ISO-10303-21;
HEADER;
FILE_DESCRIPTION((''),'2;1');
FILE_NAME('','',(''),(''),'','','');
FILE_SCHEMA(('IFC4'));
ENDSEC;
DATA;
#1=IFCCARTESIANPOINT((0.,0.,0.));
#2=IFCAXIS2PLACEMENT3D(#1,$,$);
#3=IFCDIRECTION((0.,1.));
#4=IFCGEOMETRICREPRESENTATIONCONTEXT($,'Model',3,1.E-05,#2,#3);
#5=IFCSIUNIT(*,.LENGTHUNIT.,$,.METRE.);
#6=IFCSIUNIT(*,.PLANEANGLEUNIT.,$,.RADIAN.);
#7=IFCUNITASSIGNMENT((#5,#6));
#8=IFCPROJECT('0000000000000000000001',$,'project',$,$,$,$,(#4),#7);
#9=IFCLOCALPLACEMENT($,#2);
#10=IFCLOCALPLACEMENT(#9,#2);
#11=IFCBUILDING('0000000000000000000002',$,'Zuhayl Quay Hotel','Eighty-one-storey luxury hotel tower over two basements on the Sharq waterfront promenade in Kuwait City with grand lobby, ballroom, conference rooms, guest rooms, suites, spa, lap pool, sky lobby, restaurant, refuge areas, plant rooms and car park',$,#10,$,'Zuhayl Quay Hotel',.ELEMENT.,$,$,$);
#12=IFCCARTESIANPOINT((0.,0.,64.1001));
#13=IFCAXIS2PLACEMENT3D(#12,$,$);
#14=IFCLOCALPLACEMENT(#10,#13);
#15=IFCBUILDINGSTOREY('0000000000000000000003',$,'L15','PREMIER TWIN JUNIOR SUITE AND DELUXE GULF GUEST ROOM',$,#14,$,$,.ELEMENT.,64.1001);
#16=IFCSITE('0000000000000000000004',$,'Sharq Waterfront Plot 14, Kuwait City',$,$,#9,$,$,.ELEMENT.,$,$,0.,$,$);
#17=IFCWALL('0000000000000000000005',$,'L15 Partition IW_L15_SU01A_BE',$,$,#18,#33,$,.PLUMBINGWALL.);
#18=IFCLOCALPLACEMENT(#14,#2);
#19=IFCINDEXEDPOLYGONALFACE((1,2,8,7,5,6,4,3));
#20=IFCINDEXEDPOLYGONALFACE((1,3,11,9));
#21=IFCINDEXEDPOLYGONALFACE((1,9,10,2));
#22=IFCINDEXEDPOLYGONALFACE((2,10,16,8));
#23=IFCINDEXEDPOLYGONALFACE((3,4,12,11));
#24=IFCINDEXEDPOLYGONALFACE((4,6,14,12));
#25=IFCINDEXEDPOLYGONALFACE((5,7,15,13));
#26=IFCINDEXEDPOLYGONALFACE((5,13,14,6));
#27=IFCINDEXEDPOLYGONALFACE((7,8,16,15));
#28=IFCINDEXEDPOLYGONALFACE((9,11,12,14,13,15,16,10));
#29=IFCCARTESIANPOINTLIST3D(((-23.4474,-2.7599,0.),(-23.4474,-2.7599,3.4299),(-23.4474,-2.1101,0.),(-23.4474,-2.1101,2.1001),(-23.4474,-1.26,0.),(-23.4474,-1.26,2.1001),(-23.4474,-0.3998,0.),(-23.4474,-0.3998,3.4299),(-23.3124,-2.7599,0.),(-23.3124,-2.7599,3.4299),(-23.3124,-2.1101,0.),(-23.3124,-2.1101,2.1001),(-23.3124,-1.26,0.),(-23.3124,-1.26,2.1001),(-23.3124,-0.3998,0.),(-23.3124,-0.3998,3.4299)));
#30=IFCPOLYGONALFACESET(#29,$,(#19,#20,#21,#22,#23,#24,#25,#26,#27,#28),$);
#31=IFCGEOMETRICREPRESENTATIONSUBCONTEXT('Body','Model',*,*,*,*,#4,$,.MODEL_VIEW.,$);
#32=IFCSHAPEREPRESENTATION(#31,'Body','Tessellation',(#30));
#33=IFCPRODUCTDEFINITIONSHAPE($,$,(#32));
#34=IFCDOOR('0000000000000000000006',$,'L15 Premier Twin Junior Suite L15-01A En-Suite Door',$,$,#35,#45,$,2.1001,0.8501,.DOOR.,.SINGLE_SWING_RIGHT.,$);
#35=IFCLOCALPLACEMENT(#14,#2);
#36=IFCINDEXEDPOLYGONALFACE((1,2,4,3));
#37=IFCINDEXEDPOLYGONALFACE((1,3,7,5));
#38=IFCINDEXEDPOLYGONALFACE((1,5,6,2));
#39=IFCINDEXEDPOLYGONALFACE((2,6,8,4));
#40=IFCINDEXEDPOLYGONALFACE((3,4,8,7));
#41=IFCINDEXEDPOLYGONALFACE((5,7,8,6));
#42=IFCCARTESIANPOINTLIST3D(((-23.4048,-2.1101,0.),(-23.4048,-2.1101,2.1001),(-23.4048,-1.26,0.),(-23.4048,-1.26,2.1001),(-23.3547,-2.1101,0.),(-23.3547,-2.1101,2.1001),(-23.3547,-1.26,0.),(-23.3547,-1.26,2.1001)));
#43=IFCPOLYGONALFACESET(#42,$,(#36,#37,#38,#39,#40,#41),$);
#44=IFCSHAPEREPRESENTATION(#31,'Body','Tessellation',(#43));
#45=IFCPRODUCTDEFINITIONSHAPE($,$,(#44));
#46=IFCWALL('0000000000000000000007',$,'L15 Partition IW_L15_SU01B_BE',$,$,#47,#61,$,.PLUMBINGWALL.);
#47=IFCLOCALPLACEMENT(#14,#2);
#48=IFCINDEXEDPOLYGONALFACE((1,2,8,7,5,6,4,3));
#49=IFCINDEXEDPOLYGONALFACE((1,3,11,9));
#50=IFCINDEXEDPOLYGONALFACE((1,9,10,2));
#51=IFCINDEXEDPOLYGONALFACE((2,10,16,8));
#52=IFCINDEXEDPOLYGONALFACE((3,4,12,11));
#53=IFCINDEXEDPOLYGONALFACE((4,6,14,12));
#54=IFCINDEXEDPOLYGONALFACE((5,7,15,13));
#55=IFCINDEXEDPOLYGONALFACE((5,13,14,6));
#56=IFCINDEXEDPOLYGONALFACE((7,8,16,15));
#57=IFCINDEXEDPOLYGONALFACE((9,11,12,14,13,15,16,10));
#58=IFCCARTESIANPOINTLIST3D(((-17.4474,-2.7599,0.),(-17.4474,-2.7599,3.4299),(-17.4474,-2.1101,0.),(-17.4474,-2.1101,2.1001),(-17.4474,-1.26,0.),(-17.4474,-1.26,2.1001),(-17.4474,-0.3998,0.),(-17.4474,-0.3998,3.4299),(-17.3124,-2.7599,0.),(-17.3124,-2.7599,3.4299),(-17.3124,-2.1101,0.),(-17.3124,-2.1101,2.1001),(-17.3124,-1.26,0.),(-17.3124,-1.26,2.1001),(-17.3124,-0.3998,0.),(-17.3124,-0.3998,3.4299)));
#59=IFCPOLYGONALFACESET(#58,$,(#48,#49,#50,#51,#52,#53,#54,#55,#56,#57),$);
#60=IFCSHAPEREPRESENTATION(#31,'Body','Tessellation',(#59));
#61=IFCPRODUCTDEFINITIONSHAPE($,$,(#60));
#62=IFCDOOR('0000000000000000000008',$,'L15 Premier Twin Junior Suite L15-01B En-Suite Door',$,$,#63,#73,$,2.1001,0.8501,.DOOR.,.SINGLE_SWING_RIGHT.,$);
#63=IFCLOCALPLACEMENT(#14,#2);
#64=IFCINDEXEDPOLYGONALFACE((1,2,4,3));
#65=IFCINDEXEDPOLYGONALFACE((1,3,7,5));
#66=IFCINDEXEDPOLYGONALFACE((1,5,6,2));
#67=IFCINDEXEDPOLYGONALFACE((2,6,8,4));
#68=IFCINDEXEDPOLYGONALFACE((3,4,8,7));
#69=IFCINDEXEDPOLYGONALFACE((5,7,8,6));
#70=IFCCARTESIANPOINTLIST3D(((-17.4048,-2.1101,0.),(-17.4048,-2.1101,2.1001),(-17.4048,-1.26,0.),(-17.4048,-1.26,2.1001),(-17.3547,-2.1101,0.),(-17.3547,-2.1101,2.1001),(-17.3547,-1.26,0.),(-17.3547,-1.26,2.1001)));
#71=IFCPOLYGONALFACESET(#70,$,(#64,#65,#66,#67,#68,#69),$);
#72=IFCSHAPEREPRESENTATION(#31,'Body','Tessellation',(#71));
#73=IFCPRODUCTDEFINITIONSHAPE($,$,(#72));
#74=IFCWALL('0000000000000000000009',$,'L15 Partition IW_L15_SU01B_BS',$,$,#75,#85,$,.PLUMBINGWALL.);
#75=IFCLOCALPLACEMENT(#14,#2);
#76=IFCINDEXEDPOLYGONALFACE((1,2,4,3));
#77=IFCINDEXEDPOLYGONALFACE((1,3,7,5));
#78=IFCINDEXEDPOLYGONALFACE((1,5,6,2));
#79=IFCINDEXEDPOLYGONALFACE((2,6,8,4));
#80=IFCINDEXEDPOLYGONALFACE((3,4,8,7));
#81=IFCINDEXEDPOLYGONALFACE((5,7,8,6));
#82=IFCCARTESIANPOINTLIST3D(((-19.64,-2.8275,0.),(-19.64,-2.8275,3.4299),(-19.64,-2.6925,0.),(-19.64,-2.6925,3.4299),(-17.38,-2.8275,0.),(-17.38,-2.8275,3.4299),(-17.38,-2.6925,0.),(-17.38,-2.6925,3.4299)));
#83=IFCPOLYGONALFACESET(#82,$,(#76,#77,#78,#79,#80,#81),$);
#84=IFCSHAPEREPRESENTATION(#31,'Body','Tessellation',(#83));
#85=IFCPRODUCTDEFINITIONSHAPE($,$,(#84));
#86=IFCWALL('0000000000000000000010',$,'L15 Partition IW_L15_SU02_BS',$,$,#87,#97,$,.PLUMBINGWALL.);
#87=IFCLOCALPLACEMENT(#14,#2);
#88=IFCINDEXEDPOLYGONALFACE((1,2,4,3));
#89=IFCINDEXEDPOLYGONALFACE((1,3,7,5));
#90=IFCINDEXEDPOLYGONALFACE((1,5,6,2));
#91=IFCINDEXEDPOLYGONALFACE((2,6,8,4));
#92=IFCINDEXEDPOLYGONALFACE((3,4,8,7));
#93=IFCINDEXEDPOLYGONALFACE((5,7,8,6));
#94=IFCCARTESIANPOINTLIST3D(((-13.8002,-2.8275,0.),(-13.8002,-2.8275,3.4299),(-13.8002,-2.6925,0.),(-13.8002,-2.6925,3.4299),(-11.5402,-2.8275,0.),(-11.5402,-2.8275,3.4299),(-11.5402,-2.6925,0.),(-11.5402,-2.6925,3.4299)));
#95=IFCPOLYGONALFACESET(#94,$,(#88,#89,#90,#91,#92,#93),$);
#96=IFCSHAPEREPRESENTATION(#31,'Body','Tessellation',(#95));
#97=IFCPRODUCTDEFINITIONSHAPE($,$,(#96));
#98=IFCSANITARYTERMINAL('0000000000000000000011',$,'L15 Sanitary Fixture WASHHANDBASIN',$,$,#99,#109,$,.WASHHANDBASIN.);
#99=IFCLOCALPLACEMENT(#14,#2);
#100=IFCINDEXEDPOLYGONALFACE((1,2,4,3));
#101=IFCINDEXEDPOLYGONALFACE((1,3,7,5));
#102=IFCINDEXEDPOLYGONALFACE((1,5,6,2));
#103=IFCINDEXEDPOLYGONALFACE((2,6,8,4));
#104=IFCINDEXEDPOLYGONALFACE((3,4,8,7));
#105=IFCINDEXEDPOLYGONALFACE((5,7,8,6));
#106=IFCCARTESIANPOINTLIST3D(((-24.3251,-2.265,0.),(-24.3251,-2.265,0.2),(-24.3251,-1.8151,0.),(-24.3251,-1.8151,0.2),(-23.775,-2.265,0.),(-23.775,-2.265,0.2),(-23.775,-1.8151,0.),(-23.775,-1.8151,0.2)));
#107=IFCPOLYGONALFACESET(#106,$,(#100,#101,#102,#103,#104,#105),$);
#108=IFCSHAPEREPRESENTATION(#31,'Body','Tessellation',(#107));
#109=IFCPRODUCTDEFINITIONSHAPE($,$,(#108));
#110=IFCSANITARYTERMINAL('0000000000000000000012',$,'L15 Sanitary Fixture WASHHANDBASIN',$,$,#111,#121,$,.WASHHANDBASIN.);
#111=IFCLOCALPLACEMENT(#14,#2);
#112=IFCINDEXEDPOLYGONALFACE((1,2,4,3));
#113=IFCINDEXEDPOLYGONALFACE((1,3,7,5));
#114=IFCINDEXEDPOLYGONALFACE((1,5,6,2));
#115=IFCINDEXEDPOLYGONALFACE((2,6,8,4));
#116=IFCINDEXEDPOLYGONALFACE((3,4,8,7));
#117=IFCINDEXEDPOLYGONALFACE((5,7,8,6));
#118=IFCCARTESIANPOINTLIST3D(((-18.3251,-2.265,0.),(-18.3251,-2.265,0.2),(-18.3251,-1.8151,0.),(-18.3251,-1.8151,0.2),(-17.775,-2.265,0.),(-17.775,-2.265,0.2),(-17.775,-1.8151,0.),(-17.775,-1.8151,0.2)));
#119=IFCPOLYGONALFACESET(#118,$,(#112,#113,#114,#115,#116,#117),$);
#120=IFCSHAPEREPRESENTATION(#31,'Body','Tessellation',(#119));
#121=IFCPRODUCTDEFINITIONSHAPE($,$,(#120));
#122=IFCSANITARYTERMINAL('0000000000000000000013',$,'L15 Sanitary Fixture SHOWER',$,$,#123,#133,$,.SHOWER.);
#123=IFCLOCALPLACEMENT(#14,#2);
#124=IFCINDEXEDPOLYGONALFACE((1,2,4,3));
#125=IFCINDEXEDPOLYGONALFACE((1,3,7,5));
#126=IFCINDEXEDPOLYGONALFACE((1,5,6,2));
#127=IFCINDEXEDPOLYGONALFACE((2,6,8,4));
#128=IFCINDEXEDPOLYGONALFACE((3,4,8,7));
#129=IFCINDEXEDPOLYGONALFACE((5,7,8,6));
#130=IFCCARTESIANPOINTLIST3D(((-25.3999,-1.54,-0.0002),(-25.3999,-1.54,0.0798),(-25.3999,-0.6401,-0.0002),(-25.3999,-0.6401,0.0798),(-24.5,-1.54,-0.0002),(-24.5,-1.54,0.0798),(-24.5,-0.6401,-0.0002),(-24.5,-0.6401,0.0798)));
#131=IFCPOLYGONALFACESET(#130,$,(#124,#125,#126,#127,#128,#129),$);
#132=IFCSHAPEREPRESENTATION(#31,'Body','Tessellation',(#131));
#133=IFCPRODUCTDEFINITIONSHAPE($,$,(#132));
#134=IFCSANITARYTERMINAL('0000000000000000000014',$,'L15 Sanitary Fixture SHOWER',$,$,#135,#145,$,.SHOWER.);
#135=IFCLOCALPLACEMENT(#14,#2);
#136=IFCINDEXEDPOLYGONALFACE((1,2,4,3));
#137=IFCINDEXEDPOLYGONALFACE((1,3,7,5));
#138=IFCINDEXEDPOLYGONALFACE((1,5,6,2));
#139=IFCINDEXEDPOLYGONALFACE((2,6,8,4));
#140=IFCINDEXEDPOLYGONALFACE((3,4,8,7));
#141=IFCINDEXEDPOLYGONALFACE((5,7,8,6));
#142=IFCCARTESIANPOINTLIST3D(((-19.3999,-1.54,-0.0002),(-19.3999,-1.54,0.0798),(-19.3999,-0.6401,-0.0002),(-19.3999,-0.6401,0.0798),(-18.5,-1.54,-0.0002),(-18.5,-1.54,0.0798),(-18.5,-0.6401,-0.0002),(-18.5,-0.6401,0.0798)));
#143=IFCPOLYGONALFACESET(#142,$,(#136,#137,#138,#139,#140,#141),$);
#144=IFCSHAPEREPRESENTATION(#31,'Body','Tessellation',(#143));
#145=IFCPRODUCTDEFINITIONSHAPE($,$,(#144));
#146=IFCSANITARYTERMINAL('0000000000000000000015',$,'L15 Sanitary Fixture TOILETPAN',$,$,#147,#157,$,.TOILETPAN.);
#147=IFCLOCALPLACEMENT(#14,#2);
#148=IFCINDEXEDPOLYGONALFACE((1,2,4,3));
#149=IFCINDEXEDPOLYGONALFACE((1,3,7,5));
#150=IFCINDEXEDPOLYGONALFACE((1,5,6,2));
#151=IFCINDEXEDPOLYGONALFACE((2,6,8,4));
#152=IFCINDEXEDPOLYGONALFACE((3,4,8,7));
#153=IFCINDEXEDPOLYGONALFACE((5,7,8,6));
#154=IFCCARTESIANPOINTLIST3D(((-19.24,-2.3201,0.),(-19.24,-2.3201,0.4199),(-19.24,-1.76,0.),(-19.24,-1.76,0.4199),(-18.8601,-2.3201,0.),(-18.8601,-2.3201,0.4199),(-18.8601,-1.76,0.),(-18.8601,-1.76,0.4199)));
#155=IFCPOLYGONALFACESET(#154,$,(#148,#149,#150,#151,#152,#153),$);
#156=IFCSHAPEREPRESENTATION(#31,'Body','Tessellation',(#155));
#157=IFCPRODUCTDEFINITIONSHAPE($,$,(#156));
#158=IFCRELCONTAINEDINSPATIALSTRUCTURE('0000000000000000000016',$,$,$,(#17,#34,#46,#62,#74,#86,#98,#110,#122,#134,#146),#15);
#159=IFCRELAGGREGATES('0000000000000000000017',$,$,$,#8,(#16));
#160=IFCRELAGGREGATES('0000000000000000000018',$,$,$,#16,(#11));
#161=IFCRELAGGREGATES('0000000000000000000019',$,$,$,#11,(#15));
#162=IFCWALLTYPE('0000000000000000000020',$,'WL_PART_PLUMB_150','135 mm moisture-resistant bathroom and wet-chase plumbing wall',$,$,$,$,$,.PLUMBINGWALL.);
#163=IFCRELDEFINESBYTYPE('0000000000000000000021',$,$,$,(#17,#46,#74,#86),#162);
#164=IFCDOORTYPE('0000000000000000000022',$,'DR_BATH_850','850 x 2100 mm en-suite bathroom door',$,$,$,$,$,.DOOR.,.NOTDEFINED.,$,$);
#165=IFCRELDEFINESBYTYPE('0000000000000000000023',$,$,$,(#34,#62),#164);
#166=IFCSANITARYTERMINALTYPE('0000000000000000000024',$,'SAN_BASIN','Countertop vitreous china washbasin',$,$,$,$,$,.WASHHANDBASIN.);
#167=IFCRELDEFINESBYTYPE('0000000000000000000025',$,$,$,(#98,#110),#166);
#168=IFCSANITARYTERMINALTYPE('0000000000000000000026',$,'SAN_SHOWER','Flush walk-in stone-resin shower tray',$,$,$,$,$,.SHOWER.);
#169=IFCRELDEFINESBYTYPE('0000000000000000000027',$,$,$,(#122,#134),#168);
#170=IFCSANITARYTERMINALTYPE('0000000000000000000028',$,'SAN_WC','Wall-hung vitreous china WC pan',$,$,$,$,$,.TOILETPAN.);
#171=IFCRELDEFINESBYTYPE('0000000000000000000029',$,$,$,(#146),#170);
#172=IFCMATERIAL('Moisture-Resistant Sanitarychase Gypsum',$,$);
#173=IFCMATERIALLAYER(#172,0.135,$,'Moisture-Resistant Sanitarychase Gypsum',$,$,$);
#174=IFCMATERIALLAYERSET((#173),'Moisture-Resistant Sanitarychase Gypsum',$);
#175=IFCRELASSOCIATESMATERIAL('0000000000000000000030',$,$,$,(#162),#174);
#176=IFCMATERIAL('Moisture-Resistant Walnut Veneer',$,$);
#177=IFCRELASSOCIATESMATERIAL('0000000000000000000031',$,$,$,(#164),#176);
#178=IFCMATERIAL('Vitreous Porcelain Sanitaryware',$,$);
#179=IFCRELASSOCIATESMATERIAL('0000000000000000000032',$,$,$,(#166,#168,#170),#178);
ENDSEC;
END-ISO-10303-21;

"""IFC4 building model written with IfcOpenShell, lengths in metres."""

from ifc_helpers import new_model, si_unit, direction, frame, frame_2d, origin, origin_2d, place, context, subcontext, project, spatial, rectangle, extrude, material, layer, layer_set, type_object, element, fill, save


model = new_model("IFC4")

# Units and contexts
model_context = context("Model", 3, precision=1e-05, world=origin(), true_north=direction((0.0, 1.0)))
body_context = subcontext(model_context, "Body", "Model", "MODEL_VIEW")
ifc_project = project(units=[si_unit("LENGTHUNIT", "METRE"), si_unit("PLANEANGLEUNIT", "RADIAN")], contexts=[model_context])

# Site, building, storey
site_placement = place(None, origin())
site = spatial("IfcSite", under=ifc_project, at=site_placement, Name="Sharq Waterfront Plot 14, Kuwait City", CompositionType="ELEMENT", RefElevation=0.0)
building_placement = place(site_placement, origin())
building = spatial("IfcBuilding", under=site, at=building_placement, Name="Zuhayl Quay Hotel", Description="Eighty-one-storey luxury hotel tower over two basements on the Sharq waterfront promenade in Kuwait City with grand lobby, ballroom, conference rooms, guest rooms, suites, spa, lap pool, sky lobby, restaurant, refuge areas, plant rooms and car park", LongName="Zuhayl Quay Hotel", CompositionType="ELEMENT")
storey_placement = place(building_placement, frame((0.0, 0.0, 64.1001)))
storey = spatial("IfcBuildingStorey", under=building, at=storey_placement, Name="L15", Description="PREMIER TWIN JUNIOR SUITE AND DELUXE GULF GUEST ROOM", CompositionType="ELEMENT", Elevation=64.1001)

# Walls, openings, doors
ifc_material_1 = material(Name="Moisture-Resistant Sanitarychase Gypsum")
ifc_layer_1 = layer(ifc_material_1, 0.135, Name="Moisture-Resistant Sanitarychase Gypsum")
ifc_layer_set_1 = layer_set([ifc_layer_1], Name="Moisture-Resistant Sanitarychase Gypsum")
wall_type_1 = type_object("IfcWallType", Name="WL_PART_PLUMB_150", Description="135 mm moisture-resistant bathroom and wet-chase plumbing wall", PredefinedType="PLUMBINGWALL", material=ifc_layer_set_1)
wall_1_placement = place(storey_placement, frame((-23.3799, -2.76, 0.0), z_axis=(0.0, 0.0, 1.0), x_axis=(0.0, 1.0, 0.0)))
wall_1 = element("IfcWall", 1, at=wall_1_placement, inside=storey, type_object=wall_type_1, Name="L15 Partition IW_L15_SU01A_BE", PredefinedType="PLUMBINGWALL", context=body_context, shape_type="SweptSolid", body=[
    extrude(rectangle(XDim=2.3601, YDim=0.135, at=frame_2d((1.1802, 0.0))), origin(), (0.0, 0.0, 1.0), 3.4299),
])
opening_1_placement = place(wall_1_placement, frame((0.6499, 0.0, 0.0)))
opening_1 = element("IfcOpeningElement", 2, at=opening_1_placement, cuts=wall_1, PredefinedType="OPENING", context=body_context, shape_type="SweptSolid", body=[
    extrude(rectangle(XDim=0.8501, YDim=2.1001, at=frame_2d((0.425, 1.05))), frame((0.0, 0.0774, 0.0), z_axis=(0.0, -1.0, 0.0), x_axis=(1.0, 0.0, 0.0)), (0.0, 0.0, 1.0), 0.155),
])
ifc_material_2 = material(Name="Moisture-Resistant Walnut Veneer")
door_type_1 = type_object("IfcDoorType", Name="DR_BATH_850", Description="850 x 2100 mm en-suite bathroom door", OperationType="NOTDEFINED", PredefinedType="DOOR", material=ifc_material_2)
door_1_placement = place(opening_1_placement, origin())
door_1 = element("IfcDoor", 3, at=door_1_placement, inside=storey, type_object=door_type_1, Name="L15 Premier Twin Junior Suite L15-01A En-Suite Door", OperationType="SINGLE_SWING_RIGHT", OverallHeight=2.1001, OverallWidth=0.8501, PredefinedType="DOOR", context=body_context, shape_type="SweptSolid", body=[
    extrude(rectangle(XDim=0.8501, YDim=2.1001, at=frame_2d((0.425, 1.05))), frame((0.0, 0.0249, 0.0), z_axis=(0.0, -1.0, 0.0), x_axis=(1.0, 0.0, 0.0)), (0.0, 0.0, 1.0), 0.05),
])
fill(opening_1, door_1)
wall_2_placement = place(storey_placement, frame((-17.3799, -2.76, 0.0), z_axis=(0.0, 0.0, 1.0), x_axis=(0.0, 1.0, 0.0)))
wall_2 = element("IfcWall", 4, at=wall_2_placement, inside=storey, type_object=wall_type_1, Name="L15 Partition IW_L15_SU01B_BE", PredefinedType="PLUMBINGWALL", context=body_context, shape_type="SweptSolid", body=[
    extrude(rectangle(XDim=2.3601, YDim=0.135, at=frame_2d((1.1802, 0.0))), origin(), (0.0, 0.0, 1.0), 3.4299),
])
opening_2_placement = place(wall_2_placement, frame((0.6499, 0.0, 0.0)))
opening_2 = element("IfcOpeningElement", 5, at=opening_2_placement, cuts=wall_2, PredefinedType="OPENING", context=body_context, shape_type="SweptSolid", body=[
    extrude(rectangle(XDim=0.8501, YDim=2.1001, at=frame_2d((0.425, 1.05))), frame((0.0, 0.0774, 0.0), z_axis=(0.0, -1.0, 0.0), x_axis=(1.0, 0.0, 0.0)), (0.0, 0.0, 1.0), 0.155),
])
door_2_placement = place(opening_2_placement, origin())
door_2 = element("IfcDoor", 6, at=door_2_placement, inside=storey, type_object=door_type_1, Name="L15 Premier Twin Junior Suite L15-01B En-Suite Door", OperationType="SINGLE_SWING_RIGHT", OverallHeight=2.1001, OverallWidth=0.8501, PredefinedType="DOOR", context=body_context, shape_type="SweptSolid", body=[
    extrude(rectangle(XDim=0.8501, YDim=2.1001, at=frame_2d((0.425, 1.05))), frame((0.0, 0.0249, 0.0), z_axis=(0.0, -1.0, 0.0), x_axis=(1.0, 0.0, 0.0)), (0.0, 0.0, 1.0), 0.05),
])
fill(opening_2, door_2)

# Walls
for number, where, z_axis, x_axis, name in (
    (7, (-19.6399, -2.76, 0.0), (0.0, 0.0, 1.0), (1.0, 0.0, 0.0), "L15 Partition IW_L15_SU01B_BS"),
    (8, (-13.8, -2.76, 0.0), (0.0, 0.0, 1.0), (1.0, 0.0, 0.0), "L15 Partition IW_L15_SU02_BS"),
):
    element("IfcWall", number, at=place(storey_placement, frame(where, z_axis=z_axis, x_axis=x_axis)), inside=storey, type_object=wall_type_1, Name=name, PredefinedType="PLUMBINGWALL", context=body_context, shape_type="SweptSolid", body=[
        extrude(rectangle(XDim=2.26, YDim=0.135, at=frame_2d((1.1299, 0.0))), origin(), (0.0, 0.0, 1.0), 3.4299),
    ])

# Sanitary terminals
ifc_material_3 = material(Name="Vitreous Porcelain Sanitaryware")
sanitary_terminal_type_1 = type_object("IfcSanitaryTerminalType", Name="SAN_BASIN", Description="Countertop vitreous china washbasin", PredefinedType="WASHHANDBASIN", material=ifc_material_3)
for number, where, z_axis, x_axis, name in (
    (9, (-24.05, -2.04, 0.0), (0.0, 0.0, 1.0), (1.0, 0.0, 0.0), "L15 Sanitary Fixture WASHHANDBASIN"),
    (10, (-18.05, -2.04, 0.0), (0.0, 0.0, 1.0), (1.0, 0.0, 0.0), "L15 Sanitary Fixture WASHHANDBASIN"),
):
    element("IfcSanitaryTerminal", number, at=place(storey_placement, frame(where, z_axis=z_axis, x_axis=x_axis)), inside=storey, type_object=sanitary_terminal_type_1, Name=name, PredefinedType="WASHHANDBASIN", context=body_context, shape_type="SweptSolid", body=[
        extrude(rectangle(XDim=0.55, YDim=0.45, at=origin_2d()), origin(), (0.0, 0.0, 1.0), 0.2),
    ])
sanitary_terminal_type_2 = type_object("IfcSanitaryTerminalType", Name="SAN_SHOWER", Description="Flush walk-in stone-resin shower tray", PredefinedType="SHOWER", material=ifc_material_3)
for number, where, z_axis, x_axis, name in (
    (11, (-24.95, -1.0901, -0.0002), (0.0, 0.0, 1.0), (1.0, 0.0, 0.0), "L15 Sanitary Fixture SHOWER"),
    (12, (-18.95, -1.0901, -0.0002), (0.0, 0.0, 1.0), (1.0, 0.0, 0.0), "L15 Sanitary Fixture SHOWER"),
):
    element("IfcSanitaryTerminal", number, at=place(storey_placement, frame(where, z_axis=z_axis, x_axis=x_axis)), inside=storey, type_object=sanitary_terminal_type_2, Name=name, PredefinedType="SHOWER", context=body_context, shape_type="SweptSolid", body=[
        extrude(rectangle(XDim=0.8999, YDim=0.8999, at=origin_2d()), origin(), (0.0, 0.0, 1.0), 0.0801),
    ])
sanitary_terminal_type_3 = type_object("IfcSanitaryTerminalType", Name="SAN_WC", Description="Wall-hung vitreous china WC pan", PredefinedType="TOILETPAN", material=ifc_material_3)
sanitary_terminal_placement = place(storey_placement, frame((-19.05, -2.04, 0.0), z_axis=(0.0, 0.0, 1.0), x_axis=(1.0, 0.0, 0.0)))
element("IfcSanitaryTerminal", 13, at=sanitary_terminal_placement, inside=storey, type_object=sanitary_terminal_type_3, Name="L15 Sanitary Fixture TOILETPAN", PredefinedType="TOILETPAN", context=body_context, shape_type="SweptSolid", body=[
    extrude(rectangle(XDim=0.3799, YDim=0.5601, at=origin_2d()), origin(), (0.0, 0.0, 1.0), 0.4199),
])

save(model, "model.ifc")
